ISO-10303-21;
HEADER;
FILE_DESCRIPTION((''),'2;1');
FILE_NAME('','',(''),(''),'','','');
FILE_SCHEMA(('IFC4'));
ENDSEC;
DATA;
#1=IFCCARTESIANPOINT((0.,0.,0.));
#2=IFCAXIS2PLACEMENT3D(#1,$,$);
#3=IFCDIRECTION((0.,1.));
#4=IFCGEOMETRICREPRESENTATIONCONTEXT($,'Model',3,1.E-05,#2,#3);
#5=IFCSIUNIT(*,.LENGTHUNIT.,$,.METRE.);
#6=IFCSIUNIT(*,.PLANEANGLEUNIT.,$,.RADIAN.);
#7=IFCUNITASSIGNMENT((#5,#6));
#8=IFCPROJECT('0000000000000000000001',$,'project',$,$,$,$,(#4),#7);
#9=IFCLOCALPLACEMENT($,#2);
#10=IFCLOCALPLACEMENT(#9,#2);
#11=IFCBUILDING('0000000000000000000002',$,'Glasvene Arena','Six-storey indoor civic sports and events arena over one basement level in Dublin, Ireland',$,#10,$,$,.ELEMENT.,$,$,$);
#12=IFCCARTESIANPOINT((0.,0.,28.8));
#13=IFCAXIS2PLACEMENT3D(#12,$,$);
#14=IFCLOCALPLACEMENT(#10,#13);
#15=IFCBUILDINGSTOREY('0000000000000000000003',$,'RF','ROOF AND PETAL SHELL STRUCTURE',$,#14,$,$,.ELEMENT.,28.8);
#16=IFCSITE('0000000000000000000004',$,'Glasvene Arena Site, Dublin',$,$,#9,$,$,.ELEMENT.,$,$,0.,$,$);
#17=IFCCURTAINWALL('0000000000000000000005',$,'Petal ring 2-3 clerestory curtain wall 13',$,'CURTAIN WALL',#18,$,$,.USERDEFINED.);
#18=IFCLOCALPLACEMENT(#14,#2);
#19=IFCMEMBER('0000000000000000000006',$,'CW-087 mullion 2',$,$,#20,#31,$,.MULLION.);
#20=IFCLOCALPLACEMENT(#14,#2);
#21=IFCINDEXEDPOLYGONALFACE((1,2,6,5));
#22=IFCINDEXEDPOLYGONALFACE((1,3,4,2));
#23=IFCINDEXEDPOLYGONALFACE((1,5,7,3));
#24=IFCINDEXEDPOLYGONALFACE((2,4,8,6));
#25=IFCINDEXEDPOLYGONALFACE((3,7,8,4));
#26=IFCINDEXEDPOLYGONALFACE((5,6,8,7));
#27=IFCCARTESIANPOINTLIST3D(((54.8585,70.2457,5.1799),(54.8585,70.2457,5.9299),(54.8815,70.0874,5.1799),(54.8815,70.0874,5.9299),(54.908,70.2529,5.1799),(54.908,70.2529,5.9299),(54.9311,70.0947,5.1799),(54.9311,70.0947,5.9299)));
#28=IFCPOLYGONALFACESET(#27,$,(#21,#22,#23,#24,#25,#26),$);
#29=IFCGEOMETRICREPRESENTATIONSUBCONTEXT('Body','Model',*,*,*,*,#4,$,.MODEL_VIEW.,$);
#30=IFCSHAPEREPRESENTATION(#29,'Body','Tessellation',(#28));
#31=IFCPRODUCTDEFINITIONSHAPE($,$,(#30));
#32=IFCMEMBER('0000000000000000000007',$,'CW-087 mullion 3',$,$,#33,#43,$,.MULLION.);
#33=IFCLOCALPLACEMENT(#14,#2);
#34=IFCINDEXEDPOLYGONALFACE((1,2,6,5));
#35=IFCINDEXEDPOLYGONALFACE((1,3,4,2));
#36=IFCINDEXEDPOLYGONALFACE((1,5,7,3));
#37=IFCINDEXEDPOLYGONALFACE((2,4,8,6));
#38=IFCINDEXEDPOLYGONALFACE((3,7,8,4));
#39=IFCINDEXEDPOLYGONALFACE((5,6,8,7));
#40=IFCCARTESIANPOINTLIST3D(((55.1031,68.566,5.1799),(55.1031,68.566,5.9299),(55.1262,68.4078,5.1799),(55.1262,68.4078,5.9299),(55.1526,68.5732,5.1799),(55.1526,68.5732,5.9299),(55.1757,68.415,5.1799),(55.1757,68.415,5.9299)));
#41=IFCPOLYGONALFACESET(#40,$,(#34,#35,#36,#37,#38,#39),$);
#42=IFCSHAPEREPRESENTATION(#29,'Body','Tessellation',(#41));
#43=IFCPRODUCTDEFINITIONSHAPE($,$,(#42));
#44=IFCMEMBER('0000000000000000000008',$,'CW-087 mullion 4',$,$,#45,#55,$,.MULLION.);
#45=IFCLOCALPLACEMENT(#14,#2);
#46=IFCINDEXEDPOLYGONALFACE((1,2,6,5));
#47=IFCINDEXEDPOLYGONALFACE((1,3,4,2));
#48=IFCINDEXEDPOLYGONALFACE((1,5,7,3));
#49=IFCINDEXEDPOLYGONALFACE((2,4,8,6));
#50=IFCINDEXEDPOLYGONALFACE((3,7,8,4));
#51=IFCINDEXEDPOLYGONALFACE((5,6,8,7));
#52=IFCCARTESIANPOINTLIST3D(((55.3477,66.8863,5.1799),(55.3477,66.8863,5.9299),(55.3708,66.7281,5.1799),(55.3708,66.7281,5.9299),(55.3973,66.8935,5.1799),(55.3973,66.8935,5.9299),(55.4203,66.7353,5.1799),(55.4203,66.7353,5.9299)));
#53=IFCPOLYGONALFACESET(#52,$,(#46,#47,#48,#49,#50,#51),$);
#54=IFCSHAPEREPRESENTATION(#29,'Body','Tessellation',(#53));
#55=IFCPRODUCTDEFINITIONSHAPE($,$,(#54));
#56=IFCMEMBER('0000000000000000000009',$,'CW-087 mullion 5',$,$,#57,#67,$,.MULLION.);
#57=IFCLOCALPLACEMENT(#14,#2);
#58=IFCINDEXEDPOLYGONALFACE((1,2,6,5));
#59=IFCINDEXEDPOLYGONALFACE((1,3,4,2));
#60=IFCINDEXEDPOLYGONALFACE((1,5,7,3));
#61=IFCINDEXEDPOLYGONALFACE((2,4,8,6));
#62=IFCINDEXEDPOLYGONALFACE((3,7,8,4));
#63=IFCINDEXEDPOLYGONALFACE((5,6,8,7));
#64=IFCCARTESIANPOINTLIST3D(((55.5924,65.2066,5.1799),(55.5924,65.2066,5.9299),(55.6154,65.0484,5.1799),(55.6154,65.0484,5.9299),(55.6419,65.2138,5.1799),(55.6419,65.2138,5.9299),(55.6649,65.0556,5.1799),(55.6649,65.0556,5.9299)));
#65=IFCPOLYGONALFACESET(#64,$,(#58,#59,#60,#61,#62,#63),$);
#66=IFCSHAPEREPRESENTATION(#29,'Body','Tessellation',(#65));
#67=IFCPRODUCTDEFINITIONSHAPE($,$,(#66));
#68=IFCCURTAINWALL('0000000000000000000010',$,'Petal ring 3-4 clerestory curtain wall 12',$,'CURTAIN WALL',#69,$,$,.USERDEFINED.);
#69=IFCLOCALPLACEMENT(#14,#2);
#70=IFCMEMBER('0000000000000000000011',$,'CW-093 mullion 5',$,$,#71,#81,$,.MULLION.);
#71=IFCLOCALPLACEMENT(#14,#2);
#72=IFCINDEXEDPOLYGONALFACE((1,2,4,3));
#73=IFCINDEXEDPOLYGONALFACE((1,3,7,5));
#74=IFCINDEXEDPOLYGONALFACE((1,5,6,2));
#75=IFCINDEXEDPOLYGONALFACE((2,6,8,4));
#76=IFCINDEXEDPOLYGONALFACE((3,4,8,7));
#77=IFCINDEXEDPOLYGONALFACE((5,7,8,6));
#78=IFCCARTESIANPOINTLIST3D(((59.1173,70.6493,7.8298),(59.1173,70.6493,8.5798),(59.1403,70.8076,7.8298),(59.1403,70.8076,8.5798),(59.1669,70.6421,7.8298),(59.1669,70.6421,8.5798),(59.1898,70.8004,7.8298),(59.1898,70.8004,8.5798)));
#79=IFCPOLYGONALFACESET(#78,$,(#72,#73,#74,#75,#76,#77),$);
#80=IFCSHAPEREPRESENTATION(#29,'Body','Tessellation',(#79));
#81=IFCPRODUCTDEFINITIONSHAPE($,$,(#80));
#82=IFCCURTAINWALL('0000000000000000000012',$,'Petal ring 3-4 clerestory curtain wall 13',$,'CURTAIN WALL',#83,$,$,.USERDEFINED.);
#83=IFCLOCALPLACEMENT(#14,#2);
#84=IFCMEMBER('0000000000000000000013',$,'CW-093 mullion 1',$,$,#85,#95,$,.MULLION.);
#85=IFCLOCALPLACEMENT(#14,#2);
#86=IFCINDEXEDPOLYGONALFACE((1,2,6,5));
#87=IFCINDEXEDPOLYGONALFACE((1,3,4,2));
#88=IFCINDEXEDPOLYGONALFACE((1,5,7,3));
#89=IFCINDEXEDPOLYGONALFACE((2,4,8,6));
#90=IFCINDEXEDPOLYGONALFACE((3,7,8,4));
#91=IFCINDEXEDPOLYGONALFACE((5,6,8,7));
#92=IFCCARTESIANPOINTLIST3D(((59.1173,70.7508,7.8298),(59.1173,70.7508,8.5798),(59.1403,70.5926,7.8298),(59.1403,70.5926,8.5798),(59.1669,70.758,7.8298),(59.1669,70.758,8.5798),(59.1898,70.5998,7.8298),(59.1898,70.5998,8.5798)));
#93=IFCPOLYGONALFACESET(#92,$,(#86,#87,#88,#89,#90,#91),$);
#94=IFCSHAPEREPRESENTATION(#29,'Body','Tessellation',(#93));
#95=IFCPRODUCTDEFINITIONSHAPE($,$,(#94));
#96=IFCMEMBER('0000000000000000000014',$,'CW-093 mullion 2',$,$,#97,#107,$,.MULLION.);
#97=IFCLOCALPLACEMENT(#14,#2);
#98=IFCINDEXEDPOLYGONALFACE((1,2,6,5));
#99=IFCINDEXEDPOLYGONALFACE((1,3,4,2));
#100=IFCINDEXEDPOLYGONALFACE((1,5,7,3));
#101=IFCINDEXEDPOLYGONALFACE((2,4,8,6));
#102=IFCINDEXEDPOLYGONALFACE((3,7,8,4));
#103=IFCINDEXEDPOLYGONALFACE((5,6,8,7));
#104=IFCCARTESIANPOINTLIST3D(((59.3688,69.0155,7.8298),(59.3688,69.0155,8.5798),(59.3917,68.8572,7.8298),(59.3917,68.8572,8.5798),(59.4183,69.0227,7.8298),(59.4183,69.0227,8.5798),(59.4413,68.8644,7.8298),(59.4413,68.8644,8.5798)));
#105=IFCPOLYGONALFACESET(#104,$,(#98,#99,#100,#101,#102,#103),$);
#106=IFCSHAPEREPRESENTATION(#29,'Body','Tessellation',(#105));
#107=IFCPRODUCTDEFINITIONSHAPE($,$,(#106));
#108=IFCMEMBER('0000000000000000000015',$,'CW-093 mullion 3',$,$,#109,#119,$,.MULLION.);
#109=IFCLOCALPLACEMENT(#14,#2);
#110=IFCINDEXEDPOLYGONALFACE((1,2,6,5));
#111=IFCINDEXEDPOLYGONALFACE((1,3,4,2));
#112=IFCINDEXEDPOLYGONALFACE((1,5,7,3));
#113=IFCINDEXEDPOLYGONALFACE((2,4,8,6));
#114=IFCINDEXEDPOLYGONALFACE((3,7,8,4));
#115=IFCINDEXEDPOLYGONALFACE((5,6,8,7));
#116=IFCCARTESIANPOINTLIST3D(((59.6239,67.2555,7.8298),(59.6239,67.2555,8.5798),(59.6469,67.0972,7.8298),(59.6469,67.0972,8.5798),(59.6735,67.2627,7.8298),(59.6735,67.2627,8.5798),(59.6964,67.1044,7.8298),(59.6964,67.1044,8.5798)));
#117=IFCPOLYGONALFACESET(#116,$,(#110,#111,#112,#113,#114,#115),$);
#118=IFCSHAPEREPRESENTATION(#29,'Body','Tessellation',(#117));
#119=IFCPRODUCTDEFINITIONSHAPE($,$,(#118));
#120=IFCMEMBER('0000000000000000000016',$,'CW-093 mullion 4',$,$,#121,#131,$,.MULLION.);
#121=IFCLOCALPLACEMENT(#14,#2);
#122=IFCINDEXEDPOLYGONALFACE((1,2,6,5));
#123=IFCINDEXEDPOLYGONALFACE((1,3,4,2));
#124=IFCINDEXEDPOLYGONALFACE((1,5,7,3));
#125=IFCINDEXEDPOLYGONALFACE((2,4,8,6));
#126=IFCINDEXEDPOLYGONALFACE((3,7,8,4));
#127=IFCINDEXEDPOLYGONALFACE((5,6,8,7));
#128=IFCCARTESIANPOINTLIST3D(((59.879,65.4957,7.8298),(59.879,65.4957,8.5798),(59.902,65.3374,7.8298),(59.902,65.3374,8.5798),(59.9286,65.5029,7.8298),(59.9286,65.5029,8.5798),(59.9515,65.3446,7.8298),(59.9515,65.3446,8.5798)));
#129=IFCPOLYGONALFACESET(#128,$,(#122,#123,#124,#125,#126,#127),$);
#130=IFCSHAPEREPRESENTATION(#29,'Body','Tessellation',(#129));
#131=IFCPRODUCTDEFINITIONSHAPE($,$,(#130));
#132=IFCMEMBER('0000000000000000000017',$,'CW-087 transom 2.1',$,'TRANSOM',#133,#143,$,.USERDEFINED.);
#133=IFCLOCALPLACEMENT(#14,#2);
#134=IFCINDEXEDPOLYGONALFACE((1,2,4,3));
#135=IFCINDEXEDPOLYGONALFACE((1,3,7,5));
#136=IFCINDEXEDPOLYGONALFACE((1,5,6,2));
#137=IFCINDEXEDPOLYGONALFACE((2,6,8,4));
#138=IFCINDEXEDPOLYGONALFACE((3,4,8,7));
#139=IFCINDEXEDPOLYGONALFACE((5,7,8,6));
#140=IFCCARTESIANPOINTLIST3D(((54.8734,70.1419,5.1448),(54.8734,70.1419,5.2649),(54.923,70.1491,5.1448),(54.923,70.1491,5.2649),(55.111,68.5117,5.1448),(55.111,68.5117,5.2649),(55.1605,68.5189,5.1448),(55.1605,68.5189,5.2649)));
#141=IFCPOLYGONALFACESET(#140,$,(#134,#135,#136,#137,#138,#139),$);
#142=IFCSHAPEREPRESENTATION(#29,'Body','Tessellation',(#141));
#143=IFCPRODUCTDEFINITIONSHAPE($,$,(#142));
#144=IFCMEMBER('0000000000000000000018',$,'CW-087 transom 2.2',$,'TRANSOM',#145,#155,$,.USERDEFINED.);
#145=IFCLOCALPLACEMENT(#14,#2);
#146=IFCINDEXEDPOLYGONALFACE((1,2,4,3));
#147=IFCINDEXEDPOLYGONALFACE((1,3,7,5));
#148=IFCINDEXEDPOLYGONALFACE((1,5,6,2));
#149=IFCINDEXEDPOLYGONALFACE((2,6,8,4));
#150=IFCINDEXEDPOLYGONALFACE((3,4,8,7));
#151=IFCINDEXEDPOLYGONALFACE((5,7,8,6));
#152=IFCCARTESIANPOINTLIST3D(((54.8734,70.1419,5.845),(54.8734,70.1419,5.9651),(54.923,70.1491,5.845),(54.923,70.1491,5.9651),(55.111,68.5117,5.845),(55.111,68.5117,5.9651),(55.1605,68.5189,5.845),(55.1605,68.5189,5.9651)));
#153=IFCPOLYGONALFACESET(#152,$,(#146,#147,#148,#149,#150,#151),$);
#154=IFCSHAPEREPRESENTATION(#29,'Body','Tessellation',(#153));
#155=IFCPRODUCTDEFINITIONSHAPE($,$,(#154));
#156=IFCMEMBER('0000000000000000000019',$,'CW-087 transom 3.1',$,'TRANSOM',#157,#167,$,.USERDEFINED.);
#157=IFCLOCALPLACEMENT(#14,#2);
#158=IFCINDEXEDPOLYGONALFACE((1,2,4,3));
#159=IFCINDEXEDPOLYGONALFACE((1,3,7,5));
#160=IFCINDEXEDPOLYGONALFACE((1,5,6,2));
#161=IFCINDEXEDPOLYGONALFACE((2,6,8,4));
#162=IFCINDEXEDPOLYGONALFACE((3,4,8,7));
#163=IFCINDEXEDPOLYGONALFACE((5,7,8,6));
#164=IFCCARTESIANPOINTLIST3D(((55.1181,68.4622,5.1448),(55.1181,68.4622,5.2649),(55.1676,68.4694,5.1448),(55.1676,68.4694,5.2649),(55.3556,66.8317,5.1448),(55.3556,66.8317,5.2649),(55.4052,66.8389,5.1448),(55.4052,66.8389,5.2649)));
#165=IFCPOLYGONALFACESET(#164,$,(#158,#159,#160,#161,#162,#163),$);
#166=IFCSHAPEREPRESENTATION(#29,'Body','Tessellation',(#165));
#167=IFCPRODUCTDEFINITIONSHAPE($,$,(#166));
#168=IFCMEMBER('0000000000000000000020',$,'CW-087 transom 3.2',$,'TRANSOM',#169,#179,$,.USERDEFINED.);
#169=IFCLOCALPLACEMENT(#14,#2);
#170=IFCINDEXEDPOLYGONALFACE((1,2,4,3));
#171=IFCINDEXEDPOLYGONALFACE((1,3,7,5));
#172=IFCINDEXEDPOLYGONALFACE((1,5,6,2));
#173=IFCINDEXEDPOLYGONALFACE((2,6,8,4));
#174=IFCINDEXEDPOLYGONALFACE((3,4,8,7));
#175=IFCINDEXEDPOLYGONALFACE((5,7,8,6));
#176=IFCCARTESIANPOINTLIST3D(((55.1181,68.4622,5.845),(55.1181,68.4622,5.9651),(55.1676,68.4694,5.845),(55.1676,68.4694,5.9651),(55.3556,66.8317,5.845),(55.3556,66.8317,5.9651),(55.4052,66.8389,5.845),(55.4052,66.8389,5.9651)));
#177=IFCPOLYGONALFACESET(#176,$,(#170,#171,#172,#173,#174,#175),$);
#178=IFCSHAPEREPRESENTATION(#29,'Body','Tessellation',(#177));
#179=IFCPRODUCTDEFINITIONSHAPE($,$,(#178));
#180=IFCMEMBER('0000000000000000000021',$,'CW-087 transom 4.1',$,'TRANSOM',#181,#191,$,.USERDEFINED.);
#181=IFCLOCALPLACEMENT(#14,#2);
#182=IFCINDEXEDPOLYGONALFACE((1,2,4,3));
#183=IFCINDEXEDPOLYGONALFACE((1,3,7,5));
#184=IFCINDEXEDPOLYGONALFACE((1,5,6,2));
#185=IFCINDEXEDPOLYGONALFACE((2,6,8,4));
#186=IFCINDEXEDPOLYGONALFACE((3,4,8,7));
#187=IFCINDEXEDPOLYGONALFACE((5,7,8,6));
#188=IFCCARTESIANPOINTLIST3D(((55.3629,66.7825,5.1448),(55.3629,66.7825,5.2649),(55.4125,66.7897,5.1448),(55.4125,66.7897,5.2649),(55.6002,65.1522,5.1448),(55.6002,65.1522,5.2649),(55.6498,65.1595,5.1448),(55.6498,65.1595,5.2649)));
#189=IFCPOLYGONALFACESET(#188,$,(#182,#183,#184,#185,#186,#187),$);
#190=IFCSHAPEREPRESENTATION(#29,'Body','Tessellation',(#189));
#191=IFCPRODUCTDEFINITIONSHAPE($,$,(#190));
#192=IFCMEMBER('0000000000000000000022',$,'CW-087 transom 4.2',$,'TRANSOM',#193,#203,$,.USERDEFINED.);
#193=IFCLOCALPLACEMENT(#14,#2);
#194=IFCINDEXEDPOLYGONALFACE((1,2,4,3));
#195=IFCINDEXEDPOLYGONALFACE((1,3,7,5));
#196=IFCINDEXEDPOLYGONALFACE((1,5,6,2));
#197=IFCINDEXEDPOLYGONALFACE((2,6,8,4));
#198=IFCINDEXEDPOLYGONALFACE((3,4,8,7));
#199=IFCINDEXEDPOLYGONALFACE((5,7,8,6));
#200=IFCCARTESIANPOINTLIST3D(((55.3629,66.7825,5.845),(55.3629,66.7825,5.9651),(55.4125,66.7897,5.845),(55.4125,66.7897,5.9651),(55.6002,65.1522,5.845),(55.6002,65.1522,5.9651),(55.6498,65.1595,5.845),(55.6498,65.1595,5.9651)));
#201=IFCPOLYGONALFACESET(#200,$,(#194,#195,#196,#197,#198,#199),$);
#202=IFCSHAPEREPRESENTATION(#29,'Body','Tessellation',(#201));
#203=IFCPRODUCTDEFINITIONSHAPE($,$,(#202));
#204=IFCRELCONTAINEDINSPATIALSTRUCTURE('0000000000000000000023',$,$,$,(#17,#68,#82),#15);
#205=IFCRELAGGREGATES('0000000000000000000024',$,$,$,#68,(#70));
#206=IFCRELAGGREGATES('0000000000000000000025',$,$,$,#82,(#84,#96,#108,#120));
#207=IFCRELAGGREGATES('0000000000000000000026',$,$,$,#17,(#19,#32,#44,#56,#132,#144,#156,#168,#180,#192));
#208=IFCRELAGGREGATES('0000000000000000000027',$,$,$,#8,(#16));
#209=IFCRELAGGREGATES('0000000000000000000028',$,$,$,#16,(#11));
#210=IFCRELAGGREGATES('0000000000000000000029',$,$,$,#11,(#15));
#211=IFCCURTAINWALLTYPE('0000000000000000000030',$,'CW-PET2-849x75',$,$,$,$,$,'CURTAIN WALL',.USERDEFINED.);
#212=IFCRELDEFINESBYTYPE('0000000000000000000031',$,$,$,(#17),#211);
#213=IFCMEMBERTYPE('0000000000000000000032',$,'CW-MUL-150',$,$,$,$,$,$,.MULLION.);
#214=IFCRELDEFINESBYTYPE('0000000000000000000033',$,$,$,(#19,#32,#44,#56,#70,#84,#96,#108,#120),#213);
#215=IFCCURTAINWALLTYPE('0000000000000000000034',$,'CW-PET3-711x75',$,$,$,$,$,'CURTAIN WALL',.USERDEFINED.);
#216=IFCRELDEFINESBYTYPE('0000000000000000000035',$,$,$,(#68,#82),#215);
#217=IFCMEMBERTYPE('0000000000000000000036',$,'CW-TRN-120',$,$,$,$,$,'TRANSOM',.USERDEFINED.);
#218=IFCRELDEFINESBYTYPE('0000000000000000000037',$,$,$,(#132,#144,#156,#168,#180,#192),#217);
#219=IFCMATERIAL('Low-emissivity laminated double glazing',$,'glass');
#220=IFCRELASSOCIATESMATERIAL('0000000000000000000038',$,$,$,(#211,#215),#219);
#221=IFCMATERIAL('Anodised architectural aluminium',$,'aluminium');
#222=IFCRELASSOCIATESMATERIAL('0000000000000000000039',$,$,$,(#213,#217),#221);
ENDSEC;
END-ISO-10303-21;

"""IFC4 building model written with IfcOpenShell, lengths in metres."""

from ifc_helpers import new_model, si_unit, direction, frame, origin, origin_2d, place, context, subcontext, project, spatial, rectangle, extrude, material, material_profile, profile_set, type_object, element, aggregate, save


model = new_model("IFC4")

# Units and contexts
model_context = context("Model", 3, precision=1e-05, world=origin(), true_north=direction((0.0, 1.0)))
body_context = subcontext(model_context, "Body", "Model", "MODEL_VIEW")
ifc_project = project(units=[si_unit("LENGTHUNIT", "METRE"), si_unit("PLANEANGLEUNIT", "RADIAN")], contexts=[model_context])

# Site, building, storey
site_placement = place(None, origin())
site = spatial("IfcSite", under=ifc_project, at=site_placement, Name="Glasvene Arena Site, Dublin", CompositionType="ELEMENT", RefElevation=0.0)
building_placement = place(site_placement, origin())
building = spatial("IfcBuilding", under=site, at=building_placement, Name="Glasvene Arena", Description="Six-storey indoor civic sports and events arena over one basement level in Dublin, Ireland", CompositionType="ELEMENT")
storey_placement = place(building_placement, frame((0.0, 0.0, 28.8)))
storey = spatial("IfcBuildingStorey", under=building, at=storey_placement, Name="RF", Description="ROOF AND PETAL SHELL STRUCTURE", CompositionType="ELEMENT", Elevation=28.8)

# Curtain wall, members
ifc_material_1 = material(Name="Low-emissivity laminated double glazing", Category="glass")
curtain_wall_type_1 = type_object("IfcCurtainWallType", Name="CW-PET2-849x75", ElementType="CURTAIN WALL", PredefinedType="USERDEFINED", material=ifc_material_1)
curtain_wall_1_placement = place(storey_placement, frame((54.6499, 71.8501, 0.0)))
curtain_wall_1 = element("IfcCurtainWall", 1, at=curtain_wall_1_placement, inside=storey, type_object=curtain_wall_type_1, Name="Petal ring 2-3 clerestory curtain wall 13", ObjectType="CURTAIN WALL", PredefinedType="USERDEFINED")
ifc_material_2 = material(Name="Anodised architectural aluminium", Category="aluminium")
ifc_material_profile_1 = material_profile(ifc_material_2, rectangle(XDim=0.05, YDim=0.1599, at=origin_2d()), Name="ALU MULLION 50x160")
ifc_profile_set_1 = profile_set([ifc_material_profile_1], Name="Anodised architectural aluminium")
member_type_1 = type_object("IfcMemberType", Name="CW-MUL-150", PredefinedType="MULLION", material=ifc_profile_set_1)
member_1_placement = place(storey_placement, frame((54.8948, 70.1702, 5.1799), z_axis=(0.0, 0.0, 1.0), x_axis=(0.989558, 0.144133, 0.0)))
member_1 = element("IfcMember", 2, at=member_1_placement, type_object=member_type_1, Name="CW-087 mullion 2", PredefinedType="MULLION", context=body_context, shape_type="SweptSolid", body=[
    extrude(rectangle(XDim=0.05, YDim=0.1599, at=origin_2d()), origin(), (0.0, 0.0, 1.0), 0.75),
])
member_2_placement = place(storey_placement, frame((55.1394, 68.4905, 5.1799), z_axis=(0.0, 0.0, 1.0), x_axis=(0.989558, 0.144133, 0.0)))
member_2 = element("IfcMember", 3, at=member_2_placement, type_object=member_type_1, Name="CW-087 mullion 3", PredefinedType="MULLION", context=body_context, shape_type="SweptSolid", body=[
    extrude(rectangle(XDim=0.05, YDim=0.1599, at=origin_2d()), origin(), (0.0, 0.0, 1.0), 0.75),
])
member_3_placement = place(storey_placement, frame((55.384, 66.8108, 5.1799), z_axis=(0.0, 0.0, 1.0), x_axis=(0.989558, 0.144133, 0.0)))
member_3 = element("IfcMember", 4, at=member_3_placement, type_object=member_type_1, Name="CW-087 mullion 4", PredefinedType="MULLION", context=body_context, shape_type="SweptSolid", body=[
    extrude(rectangle(XDim=0.05, YDim=0.1599, at=origin_2d()), origin(), (0.0, 0.0, 1.0), 0.75),
])
member_4_placement = place(storey_placement, frame((55.6287, 65.1311, 5.1799), z_axis=(0.0, 0.0, 1.0), x_axis=(0.989558, 0.144133, 0.0)))
member_4 = element("IfcMember", 5, at=member_4_placement, type_object=member_type_1, Name="CW-087 mullion 5", PredefinedType="MULLION", context=body_context, shape_type="SweptSolid", body=[
    extrude(rectangle(XDim=0.05, YDim=0.1599, at=origin_2d()), origin(), (0.0, 0.0, 1.0), 0.75),
])

# Curtain wall, member
curtain_wall_type_2 = type_object("IfcCurtainWallType", Name="CW-PET3-711x75", ElementType="CURTAIN WALL", PredefinedType="USERDEFINED", material=ifc_material_1)
curtain_wall_2_placement = place(storey_placement, frame((60.1704, 77.74, 0.0)))
curtain_wall_2 = element("IfcCurtainWall", 6, at=curtain_wall_2_placement, inside=storey, type_object=curtain_wall_type_2, Name="Petal ring 3-4 clerestory curtain wall 12", ObjectType="CURTAIN WALL", PredefinedType="USERDEFINED")
member_5_placement = place(storey_placement, frame((59.1536, 70.7249, 7.8298), z_axis=(0.0, 0.0, 1.0), x_axis=(0.989656, -0.14346, 0.0)))
member_5 = element("IfcMember", 7, at=member_5_placement, type_object=member_type_1, Name="CW-093 mullion 5", PredefinedType="MULLION", context=body_context, shape_type="SweptSolid", body=[
    extrude(rectangle(XDim=0.05, YDim=0.1599, at=origin_2d()), origin(), (0.0, 0.0, 1.0), 0.75),
])
aggregate(curtain_wall_2, [member_5])

# Curtain wall, members
curtain_wall_3_placement = place(storey_placement, frame((59.1499, 70.7, 0.0)))
curtain_wall_3 = element("IfcCurtainWall", 8, at=curtain_wall_3_placement, inside=storey, type_object=curtain_wall_type_2, Name="Petal ring 3-4 clerestory curtain wall 13", ObjectType="CURTAIN WALL", PredefinedType="USERDEFINED")
member_6_placement = place(storey_placement, frame((59.1536, 70.6753, 7.8298), z_axis=(0.0, 0.0, 1.0), x_axis=(0.989656, 0.14346, 0.0)))
member_6 = element("IfcMember", 9, at=member_6_placement, type_object=member_type_1, Name="CW-093 mullion 1", PredefinedType="MULLION", context=body_context, shape_type="SweptSolid", body=[
    extrude(rectangle(XDim=0.05, YDim=0.1599, at=origin_2d()), origin(), (0.0, 0.0, 1.0), 0.75),
])
member_7_placement = place(storey_placement, frame((59.405, 68.9399, 7.8298), z_axis=(0.0, 0.0, 1.0), x_axis=(0.989656, 0.14346, 0.0)))
member_7 = element("IfcMember", 10, at=member_7_placement, type_object=member_type_1, Name="CW-093 mullion 2", PredefinedType="MULLION", context=body_context, shape_type="SweptSolid", body=[
    extrude(rectangle(XDim=0.05, YDim=0.1599, at=origin_2d()), origin(), (0.0, 0.0, 1.0), 0.75),
])
member_8_placement = place(storey_placement, frame((59.6602, 67.1799, 7.8298), z_axis=(0.0, 0.0, 1.0), x_axis=(0.989656, 0.14346, 0.0)))
member_8 = element("IfcMember", 11, at=member_8_placement, type_object=member_type_1, Name="CW-093 mullion 3", PredefinedType="MULLION", context=body_context, shape_type="SweptSolid", body=[
    extrude(rectangle(XDim=0.05, YDim=0.1599, at=origin_2d()), origin(), (0.0, 0.0, 1.0), 0.75),
])
member_9_placement = place(storey_placement, frame((59.9153, 65.4202, 7.8298), z_axis=(0.0, 0.0, 1.0), x_axis=(0.989656, 0.14346, 0.0)))
member_9 = element("IfcMember", 12, at=member_9_placement, type_object=member_type_1, Name="CW-093 mullion 4", PredefinedType="MULLION", context=body_context, shape_type="SweptSolid", body=[
    extrude(rectangle(XDim=0.05, YDim=0.1599, at=origin_2d()), origin(), (0.0, 0.0, 1.0), 0.75),
])

# Members
ifc_material_profile_2 = material_profile(ifc_material_2, rectangle(XDim=0.05, YDim=0.1201, at=origin_2d()), Name="ALU TRANSOM 50x120")
ifc_profile_set_2 = profile_set([ifc_material_profile_2], Name="Anodised architectural aluminium")
member_type_2 = type_object("IfcMemberType", Name="CW-TRN-120", ElementType="TRANSOM", PredefinedType="USERDEFINED", material=ifc_profile_set_2)
member_10_placement = place(storey_placement, frame((54.8982, 70.1455, 5.2048), z_axis=(0.144201, -0.989548, 0.0), x_axis=(0.989548, 0.144201, 0.0)))
member_10 = element("IfcMember", 13, at=member_10_placement, type_object=member_type_2, Name="CW-087 transom 2.1", ObjectType="TRANSOM", PredefinedType="USERDEFINED", context=body_context, shape_type="SweptSolid", body=[
    extrude(rectangle(XDim=0.05, YDim=0.1201, at=origin_2d()), origin(), (0.0, 0.0, 1.0), 1.6475),
])
member_11_placement = place(storey_placement, frame((54.8982, 70.1455, 5.905), z_axis=(0.144201, -0.989548, 0.0), x_axis=(0.989548, 0.144201, 0.0)))
member_11 = element("IfcMember", 14, at=member_11_placement, type_object=member_type_2, Name="CW-087 transom 2.2", ObjectType="TRANSOM", PredefinedType="USERDEFINED", context=body_context, shape_type="SweptSolid", body=[
    extrude(rectangle(XDim=0.05, YDim=0.1201, at=origin_2d()), origin(), (0.0, 0.0, 1.0), 1.6475),
])
member_12_placement = place(storey_placement, frame((55.1428, 68.4658, 5.2048), z_axis=(0.14418, -0.989551, 0.0), x_axis=(0.989551, 0.14418, 0.0)))
member_12 = element("IfcMember", 15, at=member_12_placement, type_object=member_type_2, Name="CW-087 transom 3.1", ObjectType="TRANSOM", PredefinedType="USERDEFINED", context=body_context, shape_type="SweptSolid", body=[
    extrude(rectangle(XDim=0.05, YDim=0.1201, at=origin_2d()), origin(), (0.0, 0.0, 1.0), 1.6477),
])
member_13_placement = place(storey_placement, frame((55.1428, 68.4658, 5.905), z_axis=(0.14418, -0.989551, 0.0), x_axis=(0.989551, 0.14418, 0.0)))
member_13 = element("IfcMember", 16, at=member_13_placement, type_object=member_type_2, Name="CW-087 transom 3.2", ObjectType="TRANSOM", PredefinedType="USERDEFINED", context=body_context, shape_type="SweptSolid", body=[
    extrude(rectangle(XDim=0.05, YDim=0.1201, at=origin_2d()), origin(), (0.0, 0.0, 1.0), 1.6477),
])
member_14_placement = place(storey_placement, frame((55.3877, 66.7861, 5.2048), z_axis=(0.144035, -0.989573, 0.0), x_axis=(0.989573, 0.144035, 0.0)))
member_14 = element("IfcMember", 17, at=member_14_placement, type_object=member_type_2, Name="CW-087 transom 4.1", ObjectType="TRANSOM", PredefinedType="USERDEFINED", context=body_context, shape_type="SweptSolid", body=[
    extrude(rectangle(XDim=0.05, YDim=0.1201, at=origin_2d()), origin(), (0.0, 0.0, 1.0), 1.6475),
])
member_15_placement = place(storey_placement, frame((55.3877, 66.7861, 5.905), z_axis=(0.144035, -0.989573, 0.0), x_axis=(0.989573, 0.144035, 0.0)))
member_15 = element("IfcMember", 18, at=member_15_placement, type_object=member_type_2, Name="CW-087 transom 4.2", ObjectType="TRANSOM", PredefinedType="USERDEFINED", context=body_context, shape_type="SweptSolid", body=[
    extrude(rectangle(XDim=0.05, YDim=0.1201, at=origin_2d()), origin(), (0.0, 0.0, 1.0), 1.6475),
])
aggregate(curtain_wall_3, [member_6, member_7, member_8, member_9])

aggregate(curtain_wall_1, [member_1, member_2, member_3, member_4, member_10, member_11, member_12, member_13, member_14, member_15])

save(model, "model.ifc")
